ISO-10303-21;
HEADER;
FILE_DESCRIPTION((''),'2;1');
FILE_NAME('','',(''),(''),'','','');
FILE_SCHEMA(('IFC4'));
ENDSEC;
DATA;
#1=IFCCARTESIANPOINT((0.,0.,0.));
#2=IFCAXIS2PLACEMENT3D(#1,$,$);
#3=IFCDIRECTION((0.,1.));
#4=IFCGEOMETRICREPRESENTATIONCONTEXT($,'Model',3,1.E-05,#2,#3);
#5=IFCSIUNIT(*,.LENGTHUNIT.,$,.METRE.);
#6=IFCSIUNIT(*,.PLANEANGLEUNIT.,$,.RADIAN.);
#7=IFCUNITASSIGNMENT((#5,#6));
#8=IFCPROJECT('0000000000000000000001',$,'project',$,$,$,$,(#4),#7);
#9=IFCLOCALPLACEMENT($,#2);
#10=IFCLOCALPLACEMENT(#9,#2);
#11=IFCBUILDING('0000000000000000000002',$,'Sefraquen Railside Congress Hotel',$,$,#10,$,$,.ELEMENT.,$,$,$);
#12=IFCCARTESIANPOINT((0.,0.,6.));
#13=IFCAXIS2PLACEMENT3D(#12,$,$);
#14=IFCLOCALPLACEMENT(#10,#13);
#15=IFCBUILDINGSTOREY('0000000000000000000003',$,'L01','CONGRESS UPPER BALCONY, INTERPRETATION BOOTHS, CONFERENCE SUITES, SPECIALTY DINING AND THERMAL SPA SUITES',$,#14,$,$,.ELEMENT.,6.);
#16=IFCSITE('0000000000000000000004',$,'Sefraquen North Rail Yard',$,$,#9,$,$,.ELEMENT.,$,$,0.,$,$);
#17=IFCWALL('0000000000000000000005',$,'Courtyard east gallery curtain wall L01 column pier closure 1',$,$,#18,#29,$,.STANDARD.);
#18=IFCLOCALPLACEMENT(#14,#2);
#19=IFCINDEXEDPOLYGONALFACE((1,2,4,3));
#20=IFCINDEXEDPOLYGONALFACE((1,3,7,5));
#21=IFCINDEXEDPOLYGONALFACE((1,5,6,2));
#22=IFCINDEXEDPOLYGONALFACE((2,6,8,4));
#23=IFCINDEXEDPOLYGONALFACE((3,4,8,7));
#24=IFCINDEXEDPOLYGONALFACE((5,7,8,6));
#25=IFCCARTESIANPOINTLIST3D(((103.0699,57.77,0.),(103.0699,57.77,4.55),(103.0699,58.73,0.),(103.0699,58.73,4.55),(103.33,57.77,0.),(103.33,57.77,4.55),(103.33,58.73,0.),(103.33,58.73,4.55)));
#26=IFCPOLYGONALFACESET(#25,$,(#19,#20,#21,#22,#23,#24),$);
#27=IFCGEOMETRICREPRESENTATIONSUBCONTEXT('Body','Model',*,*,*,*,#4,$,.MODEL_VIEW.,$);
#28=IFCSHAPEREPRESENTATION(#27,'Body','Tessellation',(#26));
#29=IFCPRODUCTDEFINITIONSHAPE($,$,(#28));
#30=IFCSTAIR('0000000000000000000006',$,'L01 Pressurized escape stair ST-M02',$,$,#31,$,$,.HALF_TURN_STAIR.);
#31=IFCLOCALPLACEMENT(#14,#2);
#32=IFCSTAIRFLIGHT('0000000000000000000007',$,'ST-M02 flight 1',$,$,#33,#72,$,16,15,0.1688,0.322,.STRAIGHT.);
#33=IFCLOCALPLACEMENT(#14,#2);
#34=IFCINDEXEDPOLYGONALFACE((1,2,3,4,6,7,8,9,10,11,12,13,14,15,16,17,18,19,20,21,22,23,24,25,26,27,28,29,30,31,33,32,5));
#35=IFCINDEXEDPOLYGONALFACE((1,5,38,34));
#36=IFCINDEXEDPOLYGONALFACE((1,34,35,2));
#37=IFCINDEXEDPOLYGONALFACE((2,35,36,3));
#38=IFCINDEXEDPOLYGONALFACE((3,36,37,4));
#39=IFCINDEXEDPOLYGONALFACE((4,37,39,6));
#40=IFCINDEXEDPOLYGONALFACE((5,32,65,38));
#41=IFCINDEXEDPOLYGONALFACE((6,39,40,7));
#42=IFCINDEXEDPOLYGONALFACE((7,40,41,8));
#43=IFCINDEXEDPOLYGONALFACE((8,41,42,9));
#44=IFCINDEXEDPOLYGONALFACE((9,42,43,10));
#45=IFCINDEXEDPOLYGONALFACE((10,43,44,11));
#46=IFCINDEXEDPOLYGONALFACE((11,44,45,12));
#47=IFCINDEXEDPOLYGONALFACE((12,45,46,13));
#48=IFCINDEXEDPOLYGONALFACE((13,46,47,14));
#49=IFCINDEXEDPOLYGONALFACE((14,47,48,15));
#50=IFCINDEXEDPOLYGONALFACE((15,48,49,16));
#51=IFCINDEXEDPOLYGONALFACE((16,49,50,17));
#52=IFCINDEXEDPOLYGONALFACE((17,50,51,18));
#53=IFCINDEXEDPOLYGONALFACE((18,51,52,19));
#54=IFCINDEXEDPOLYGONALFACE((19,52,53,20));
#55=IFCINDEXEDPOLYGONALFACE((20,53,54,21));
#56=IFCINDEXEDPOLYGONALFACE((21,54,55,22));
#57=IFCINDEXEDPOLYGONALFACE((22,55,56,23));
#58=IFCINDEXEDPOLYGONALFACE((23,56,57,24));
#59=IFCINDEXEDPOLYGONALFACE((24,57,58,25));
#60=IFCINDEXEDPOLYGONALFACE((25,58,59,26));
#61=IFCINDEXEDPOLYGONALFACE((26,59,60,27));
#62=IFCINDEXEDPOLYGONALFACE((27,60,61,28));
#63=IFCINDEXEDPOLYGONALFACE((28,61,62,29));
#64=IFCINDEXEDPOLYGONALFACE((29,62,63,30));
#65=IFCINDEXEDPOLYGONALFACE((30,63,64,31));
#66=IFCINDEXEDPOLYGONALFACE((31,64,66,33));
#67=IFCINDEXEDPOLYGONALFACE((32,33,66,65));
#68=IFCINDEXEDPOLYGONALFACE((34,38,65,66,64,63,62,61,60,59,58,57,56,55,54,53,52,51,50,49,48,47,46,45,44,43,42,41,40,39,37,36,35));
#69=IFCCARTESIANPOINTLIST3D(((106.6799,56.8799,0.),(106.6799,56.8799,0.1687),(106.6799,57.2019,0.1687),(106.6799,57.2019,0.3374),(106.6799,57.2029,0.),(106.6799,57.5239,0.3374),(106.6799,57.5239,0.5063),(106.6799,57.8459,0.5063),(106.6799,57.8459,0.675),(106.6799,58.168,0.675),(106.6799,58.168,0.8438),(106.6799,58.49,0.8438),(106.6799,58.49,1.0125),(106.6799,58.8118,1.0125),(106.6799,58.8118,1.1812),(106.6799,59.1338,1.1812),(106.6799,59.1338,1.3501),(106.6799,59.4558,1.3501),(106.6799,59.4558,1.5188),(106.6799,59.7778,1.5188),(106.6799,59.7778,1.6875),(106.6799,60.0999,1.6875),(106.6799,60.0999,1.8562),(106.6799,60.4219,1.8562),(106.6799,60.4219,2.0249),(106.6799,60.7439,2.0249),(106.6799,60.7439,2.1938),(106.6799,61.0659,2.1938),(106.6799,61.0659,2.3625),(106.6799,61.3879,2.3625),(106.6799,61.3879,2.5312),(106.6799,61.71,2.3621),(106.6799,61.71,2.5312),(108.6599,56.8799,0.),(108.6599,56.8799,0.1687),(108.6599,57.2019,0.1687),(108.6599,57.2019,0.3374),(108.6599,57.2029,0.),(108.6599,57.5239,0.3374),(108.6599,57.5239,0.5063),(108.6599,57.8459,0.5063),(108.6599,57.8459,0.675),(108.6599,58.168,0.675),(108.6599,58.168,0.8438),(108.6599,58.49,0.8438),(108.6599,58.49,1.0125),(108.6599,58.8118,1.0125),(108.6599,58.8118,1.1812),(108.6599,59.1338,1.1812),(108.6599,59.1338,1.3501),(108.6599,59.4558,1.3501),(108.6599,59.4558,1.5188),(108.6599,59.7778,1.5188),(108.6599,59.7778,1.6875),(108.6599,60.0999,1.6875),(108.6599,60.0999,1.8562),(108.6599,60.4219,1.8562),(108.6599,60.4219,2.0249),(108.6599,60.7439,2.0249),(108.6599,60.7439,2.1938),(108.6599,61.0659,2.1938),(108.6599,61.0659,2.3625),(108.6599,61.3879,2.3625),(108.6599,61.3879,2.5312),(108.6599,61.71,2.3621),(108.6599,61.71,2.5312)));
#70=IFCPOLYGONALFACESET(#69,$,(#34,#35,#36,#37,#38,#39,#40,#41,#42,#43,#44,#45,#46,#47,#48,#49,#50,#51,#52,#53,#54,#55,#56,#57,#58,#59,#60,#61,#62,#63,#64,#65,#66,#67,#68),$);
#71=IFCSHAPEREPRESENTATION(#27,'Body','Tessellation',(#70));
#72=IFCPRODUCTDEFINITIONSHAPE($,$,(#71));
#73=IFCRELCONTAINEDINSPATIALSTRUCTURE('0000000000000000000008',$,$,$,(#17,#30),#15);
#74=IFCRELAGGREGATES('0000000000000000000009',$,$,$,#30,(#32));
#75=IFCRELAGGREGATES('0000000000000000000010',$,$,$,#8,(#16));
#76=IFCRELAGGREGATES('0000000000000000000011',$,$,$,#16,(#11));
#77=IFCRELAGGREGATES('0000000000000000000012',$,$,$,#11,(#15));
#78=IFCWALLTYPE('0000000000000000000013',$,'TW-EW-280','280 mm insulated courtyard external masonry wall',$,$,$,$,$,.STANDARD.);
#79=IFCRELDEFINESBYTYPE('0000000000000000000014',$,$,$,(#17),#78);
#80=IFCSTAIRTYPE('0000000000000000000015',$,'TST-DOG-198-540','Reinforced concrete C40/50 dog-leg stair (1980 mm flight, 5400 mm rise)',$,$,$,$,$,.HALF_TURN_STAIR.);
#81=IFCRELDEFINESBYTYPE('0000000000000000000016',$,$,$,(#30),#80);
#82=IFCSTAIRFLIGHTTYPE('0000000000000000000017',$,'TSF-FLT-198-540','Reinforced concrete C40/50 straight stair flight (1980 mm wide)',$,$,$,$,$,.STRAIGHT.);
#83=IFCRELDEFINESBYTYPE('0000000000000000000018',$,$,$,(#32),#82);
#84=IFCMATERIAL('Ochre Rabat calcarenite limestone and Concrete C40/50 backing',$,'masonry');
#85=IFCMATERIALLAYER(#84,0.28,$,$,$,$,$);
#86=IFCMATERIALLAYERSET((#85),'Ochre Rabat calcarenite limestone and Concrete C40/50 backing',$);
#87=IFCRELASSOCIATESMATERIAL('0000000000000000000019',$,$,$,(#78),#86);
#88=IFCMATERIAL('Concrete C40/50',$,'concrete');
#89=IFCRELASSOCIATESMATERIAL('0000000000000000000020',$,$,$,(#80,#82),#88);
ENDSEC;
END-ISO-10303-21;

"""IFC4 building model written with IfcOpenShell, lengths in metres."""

from ifc_helpers import new_model, si_unit, direction, frame, frame_2d, origin, place, context, subcontext, project, spatial, polyline, rectangle, outline, extrude, material, layer, layer_set, type_object, element, aggregate, save


model = new_model("IFC4")

# Units and contexts
model_context = context("Model", 3, precision=1e-05, world=origin(), true_north=direction((0.0, 1.0)))
body_context = subcontext(model_context, "Body", "Model", "MODEL_VIEW")
ifc_project = project(units=[si_unit("LENGTHUNIT", "METRE"), si_unit("PLANEANGLEUNIT", "RADIAN")], contexts=[model_context])

# Site, building, storey
site_placement = place(None, origin())
site = spatial("IfcSite", under=ifc_project, at=site_placement, Name="Sefraquen North Rail Yard", CompositionType="ELEMENT", RefElevation=0.0)
building_placement = place(site_placement, origin())
building = spatial("IfcBuilding", under=site, at=building_placement, Name="Sefraquen Railside Congress Hotel", CompositionType="ELEMENT")
storey_placement = place(building_placement, frame((0.0, 0.0, 6.0)))
storey = spatial("IfcBuildingStorey", under=building, at=storey_placement, Name="L01", Description="CONGRESS UPPER BALCONY, INTERPRETATION BOOTHS, CONFERENCE SUITES, SPECIALTY DINING AND THERMAL SPA SUITES", CompositionType="ELEMENT", Elevation=6.0)

# Wall
ifc_material_1 = material(Name="Ochre Rabat calcarenite limestone and Concrete C40/50 backing", Category="masonry")
ifc_layer_1 = layer(ifc_material_1, 0.28)
ifc_layer_set_1 = layer_set([ifc_layer_1], Name="Ochre Rabat calcarenite limestone and Concrete C40/50 backing")
wall_type_1 = type_object("IfcWallType", Name="TW-EW-280", Description="280 mm insulated courtyard external masonry wall", PredefinedType="STANDARD", material=ifc_layer_set_1)
wall_1_placement = place(storey_placement, frame((103.2, 57.77, 0.0), z_axis=(0.0, 0.0, 1.0), x_axis=(0.0, 1.0, 0.0)))
element("IfcWall", 1, at=wall_1_placement, inside=storey, type_object=wall_type_1, Name="Courtyard east gallery curtain wall L01 column pier closure 1", PredefinedType="STANDARD", context=body_context, shape_type="SweptSolid", body=[
    extrude(rectangle(XDim=0.96, YDim=0.26, at=frame_2d((0.48, 0.0))), origin(), (0.0, 0.0, 1.0), 4.55),
])

# Stair, stair flight
ifc_material_2 = material(Name="Concrete C40/50", Category="concrete")
stair_type = type_object("IfcStairType", Name="TST-DOG-198-540", Description="Reinforced concrete C40/50 dog-leg stair (1980 mm flight, 5400 mm rise)", PredefinedType="HALF_TURN_STAIR", material=ifc_material_2)
stair_placement = place(storey_placement, origin())
stair = element("IfcStair", 2, at=stair_placement, inside=storey, type_object=stair_type, Name="L01 Pressurized escape stair ST-M02", PredefinedType="HALF_TURN_STAIR")
stair_flight_type = type_object("IfcStairFlightType", Name="TSF-FLT-198-540", Description="Reinforced concrete C40/50 straight stair flight (1980 mm wide)", PredefinedType="STRAIGHT", material=ifc_material_2)
stair_flight_placement = place(storey_placement, frame((107.6699, 56.8799, 0.0), z_axis=(0.0, 0.0, 1.0), x_axis=(0.0, 1.0, 0.0)))
stair_flight = element("IfcStairFlight", 3, at=stair_flight_placement, type_object=stair_flight_type, Name="ST-M02 flight 1", NumberOfRisers=16, NumberOfTreads=15, PredefinedType="STRAIGHT", RiserHeight=0.1688, TreadLength=0.322, context=body_context, shape_type="SweptSolid", body=[
    extrude(outline(polyline([(0.0, 0.0), (0.0, 0.1687), (0.322, 0.1687), (0.322, 0.3374), (0.644, 0.3374), (0.644, 0.5063), (0.9661, 0.5063), (0.9661, 0.675), (1.2881, 0.675), (1.2881, 0.8438), (1.6101, 0.8438), (1.6101, 1.0125), (1.9319, 1.0125), (1.9319, 1.1812), (2.2539, 1.1812), (2.2539, 1.3501), (2.5759, 1.3501), (2.5759, 1.5188), (2.8979, 1.5188), (2.8979, 1.6875), (3.22, 1.6875), (3.22, 1.8562), (3.542, 1.8562), (3.542, 2.0249), (3.864, 2.0249), (3.864, 2.1938), (4.186, 2.1938), (4.186, 2.3625), (4.5081, 2.3625), (4.5081, 2.5312), (4.8301, 2.5312), (4.8301, 2.7), (4.8301, 2.3621), (0.323, 0.0), (0.0, 0.0)])), frame((0.0, 0.99, 0.0), z_axis=(0.0, -1.0, 0.0), x_axis=(1.0, 0.0, 0.0)), (0.0, 0.0, 1.0), 1.98),
])
aggregate(stair, [stair_flight])

save(model, "model.ifc")
